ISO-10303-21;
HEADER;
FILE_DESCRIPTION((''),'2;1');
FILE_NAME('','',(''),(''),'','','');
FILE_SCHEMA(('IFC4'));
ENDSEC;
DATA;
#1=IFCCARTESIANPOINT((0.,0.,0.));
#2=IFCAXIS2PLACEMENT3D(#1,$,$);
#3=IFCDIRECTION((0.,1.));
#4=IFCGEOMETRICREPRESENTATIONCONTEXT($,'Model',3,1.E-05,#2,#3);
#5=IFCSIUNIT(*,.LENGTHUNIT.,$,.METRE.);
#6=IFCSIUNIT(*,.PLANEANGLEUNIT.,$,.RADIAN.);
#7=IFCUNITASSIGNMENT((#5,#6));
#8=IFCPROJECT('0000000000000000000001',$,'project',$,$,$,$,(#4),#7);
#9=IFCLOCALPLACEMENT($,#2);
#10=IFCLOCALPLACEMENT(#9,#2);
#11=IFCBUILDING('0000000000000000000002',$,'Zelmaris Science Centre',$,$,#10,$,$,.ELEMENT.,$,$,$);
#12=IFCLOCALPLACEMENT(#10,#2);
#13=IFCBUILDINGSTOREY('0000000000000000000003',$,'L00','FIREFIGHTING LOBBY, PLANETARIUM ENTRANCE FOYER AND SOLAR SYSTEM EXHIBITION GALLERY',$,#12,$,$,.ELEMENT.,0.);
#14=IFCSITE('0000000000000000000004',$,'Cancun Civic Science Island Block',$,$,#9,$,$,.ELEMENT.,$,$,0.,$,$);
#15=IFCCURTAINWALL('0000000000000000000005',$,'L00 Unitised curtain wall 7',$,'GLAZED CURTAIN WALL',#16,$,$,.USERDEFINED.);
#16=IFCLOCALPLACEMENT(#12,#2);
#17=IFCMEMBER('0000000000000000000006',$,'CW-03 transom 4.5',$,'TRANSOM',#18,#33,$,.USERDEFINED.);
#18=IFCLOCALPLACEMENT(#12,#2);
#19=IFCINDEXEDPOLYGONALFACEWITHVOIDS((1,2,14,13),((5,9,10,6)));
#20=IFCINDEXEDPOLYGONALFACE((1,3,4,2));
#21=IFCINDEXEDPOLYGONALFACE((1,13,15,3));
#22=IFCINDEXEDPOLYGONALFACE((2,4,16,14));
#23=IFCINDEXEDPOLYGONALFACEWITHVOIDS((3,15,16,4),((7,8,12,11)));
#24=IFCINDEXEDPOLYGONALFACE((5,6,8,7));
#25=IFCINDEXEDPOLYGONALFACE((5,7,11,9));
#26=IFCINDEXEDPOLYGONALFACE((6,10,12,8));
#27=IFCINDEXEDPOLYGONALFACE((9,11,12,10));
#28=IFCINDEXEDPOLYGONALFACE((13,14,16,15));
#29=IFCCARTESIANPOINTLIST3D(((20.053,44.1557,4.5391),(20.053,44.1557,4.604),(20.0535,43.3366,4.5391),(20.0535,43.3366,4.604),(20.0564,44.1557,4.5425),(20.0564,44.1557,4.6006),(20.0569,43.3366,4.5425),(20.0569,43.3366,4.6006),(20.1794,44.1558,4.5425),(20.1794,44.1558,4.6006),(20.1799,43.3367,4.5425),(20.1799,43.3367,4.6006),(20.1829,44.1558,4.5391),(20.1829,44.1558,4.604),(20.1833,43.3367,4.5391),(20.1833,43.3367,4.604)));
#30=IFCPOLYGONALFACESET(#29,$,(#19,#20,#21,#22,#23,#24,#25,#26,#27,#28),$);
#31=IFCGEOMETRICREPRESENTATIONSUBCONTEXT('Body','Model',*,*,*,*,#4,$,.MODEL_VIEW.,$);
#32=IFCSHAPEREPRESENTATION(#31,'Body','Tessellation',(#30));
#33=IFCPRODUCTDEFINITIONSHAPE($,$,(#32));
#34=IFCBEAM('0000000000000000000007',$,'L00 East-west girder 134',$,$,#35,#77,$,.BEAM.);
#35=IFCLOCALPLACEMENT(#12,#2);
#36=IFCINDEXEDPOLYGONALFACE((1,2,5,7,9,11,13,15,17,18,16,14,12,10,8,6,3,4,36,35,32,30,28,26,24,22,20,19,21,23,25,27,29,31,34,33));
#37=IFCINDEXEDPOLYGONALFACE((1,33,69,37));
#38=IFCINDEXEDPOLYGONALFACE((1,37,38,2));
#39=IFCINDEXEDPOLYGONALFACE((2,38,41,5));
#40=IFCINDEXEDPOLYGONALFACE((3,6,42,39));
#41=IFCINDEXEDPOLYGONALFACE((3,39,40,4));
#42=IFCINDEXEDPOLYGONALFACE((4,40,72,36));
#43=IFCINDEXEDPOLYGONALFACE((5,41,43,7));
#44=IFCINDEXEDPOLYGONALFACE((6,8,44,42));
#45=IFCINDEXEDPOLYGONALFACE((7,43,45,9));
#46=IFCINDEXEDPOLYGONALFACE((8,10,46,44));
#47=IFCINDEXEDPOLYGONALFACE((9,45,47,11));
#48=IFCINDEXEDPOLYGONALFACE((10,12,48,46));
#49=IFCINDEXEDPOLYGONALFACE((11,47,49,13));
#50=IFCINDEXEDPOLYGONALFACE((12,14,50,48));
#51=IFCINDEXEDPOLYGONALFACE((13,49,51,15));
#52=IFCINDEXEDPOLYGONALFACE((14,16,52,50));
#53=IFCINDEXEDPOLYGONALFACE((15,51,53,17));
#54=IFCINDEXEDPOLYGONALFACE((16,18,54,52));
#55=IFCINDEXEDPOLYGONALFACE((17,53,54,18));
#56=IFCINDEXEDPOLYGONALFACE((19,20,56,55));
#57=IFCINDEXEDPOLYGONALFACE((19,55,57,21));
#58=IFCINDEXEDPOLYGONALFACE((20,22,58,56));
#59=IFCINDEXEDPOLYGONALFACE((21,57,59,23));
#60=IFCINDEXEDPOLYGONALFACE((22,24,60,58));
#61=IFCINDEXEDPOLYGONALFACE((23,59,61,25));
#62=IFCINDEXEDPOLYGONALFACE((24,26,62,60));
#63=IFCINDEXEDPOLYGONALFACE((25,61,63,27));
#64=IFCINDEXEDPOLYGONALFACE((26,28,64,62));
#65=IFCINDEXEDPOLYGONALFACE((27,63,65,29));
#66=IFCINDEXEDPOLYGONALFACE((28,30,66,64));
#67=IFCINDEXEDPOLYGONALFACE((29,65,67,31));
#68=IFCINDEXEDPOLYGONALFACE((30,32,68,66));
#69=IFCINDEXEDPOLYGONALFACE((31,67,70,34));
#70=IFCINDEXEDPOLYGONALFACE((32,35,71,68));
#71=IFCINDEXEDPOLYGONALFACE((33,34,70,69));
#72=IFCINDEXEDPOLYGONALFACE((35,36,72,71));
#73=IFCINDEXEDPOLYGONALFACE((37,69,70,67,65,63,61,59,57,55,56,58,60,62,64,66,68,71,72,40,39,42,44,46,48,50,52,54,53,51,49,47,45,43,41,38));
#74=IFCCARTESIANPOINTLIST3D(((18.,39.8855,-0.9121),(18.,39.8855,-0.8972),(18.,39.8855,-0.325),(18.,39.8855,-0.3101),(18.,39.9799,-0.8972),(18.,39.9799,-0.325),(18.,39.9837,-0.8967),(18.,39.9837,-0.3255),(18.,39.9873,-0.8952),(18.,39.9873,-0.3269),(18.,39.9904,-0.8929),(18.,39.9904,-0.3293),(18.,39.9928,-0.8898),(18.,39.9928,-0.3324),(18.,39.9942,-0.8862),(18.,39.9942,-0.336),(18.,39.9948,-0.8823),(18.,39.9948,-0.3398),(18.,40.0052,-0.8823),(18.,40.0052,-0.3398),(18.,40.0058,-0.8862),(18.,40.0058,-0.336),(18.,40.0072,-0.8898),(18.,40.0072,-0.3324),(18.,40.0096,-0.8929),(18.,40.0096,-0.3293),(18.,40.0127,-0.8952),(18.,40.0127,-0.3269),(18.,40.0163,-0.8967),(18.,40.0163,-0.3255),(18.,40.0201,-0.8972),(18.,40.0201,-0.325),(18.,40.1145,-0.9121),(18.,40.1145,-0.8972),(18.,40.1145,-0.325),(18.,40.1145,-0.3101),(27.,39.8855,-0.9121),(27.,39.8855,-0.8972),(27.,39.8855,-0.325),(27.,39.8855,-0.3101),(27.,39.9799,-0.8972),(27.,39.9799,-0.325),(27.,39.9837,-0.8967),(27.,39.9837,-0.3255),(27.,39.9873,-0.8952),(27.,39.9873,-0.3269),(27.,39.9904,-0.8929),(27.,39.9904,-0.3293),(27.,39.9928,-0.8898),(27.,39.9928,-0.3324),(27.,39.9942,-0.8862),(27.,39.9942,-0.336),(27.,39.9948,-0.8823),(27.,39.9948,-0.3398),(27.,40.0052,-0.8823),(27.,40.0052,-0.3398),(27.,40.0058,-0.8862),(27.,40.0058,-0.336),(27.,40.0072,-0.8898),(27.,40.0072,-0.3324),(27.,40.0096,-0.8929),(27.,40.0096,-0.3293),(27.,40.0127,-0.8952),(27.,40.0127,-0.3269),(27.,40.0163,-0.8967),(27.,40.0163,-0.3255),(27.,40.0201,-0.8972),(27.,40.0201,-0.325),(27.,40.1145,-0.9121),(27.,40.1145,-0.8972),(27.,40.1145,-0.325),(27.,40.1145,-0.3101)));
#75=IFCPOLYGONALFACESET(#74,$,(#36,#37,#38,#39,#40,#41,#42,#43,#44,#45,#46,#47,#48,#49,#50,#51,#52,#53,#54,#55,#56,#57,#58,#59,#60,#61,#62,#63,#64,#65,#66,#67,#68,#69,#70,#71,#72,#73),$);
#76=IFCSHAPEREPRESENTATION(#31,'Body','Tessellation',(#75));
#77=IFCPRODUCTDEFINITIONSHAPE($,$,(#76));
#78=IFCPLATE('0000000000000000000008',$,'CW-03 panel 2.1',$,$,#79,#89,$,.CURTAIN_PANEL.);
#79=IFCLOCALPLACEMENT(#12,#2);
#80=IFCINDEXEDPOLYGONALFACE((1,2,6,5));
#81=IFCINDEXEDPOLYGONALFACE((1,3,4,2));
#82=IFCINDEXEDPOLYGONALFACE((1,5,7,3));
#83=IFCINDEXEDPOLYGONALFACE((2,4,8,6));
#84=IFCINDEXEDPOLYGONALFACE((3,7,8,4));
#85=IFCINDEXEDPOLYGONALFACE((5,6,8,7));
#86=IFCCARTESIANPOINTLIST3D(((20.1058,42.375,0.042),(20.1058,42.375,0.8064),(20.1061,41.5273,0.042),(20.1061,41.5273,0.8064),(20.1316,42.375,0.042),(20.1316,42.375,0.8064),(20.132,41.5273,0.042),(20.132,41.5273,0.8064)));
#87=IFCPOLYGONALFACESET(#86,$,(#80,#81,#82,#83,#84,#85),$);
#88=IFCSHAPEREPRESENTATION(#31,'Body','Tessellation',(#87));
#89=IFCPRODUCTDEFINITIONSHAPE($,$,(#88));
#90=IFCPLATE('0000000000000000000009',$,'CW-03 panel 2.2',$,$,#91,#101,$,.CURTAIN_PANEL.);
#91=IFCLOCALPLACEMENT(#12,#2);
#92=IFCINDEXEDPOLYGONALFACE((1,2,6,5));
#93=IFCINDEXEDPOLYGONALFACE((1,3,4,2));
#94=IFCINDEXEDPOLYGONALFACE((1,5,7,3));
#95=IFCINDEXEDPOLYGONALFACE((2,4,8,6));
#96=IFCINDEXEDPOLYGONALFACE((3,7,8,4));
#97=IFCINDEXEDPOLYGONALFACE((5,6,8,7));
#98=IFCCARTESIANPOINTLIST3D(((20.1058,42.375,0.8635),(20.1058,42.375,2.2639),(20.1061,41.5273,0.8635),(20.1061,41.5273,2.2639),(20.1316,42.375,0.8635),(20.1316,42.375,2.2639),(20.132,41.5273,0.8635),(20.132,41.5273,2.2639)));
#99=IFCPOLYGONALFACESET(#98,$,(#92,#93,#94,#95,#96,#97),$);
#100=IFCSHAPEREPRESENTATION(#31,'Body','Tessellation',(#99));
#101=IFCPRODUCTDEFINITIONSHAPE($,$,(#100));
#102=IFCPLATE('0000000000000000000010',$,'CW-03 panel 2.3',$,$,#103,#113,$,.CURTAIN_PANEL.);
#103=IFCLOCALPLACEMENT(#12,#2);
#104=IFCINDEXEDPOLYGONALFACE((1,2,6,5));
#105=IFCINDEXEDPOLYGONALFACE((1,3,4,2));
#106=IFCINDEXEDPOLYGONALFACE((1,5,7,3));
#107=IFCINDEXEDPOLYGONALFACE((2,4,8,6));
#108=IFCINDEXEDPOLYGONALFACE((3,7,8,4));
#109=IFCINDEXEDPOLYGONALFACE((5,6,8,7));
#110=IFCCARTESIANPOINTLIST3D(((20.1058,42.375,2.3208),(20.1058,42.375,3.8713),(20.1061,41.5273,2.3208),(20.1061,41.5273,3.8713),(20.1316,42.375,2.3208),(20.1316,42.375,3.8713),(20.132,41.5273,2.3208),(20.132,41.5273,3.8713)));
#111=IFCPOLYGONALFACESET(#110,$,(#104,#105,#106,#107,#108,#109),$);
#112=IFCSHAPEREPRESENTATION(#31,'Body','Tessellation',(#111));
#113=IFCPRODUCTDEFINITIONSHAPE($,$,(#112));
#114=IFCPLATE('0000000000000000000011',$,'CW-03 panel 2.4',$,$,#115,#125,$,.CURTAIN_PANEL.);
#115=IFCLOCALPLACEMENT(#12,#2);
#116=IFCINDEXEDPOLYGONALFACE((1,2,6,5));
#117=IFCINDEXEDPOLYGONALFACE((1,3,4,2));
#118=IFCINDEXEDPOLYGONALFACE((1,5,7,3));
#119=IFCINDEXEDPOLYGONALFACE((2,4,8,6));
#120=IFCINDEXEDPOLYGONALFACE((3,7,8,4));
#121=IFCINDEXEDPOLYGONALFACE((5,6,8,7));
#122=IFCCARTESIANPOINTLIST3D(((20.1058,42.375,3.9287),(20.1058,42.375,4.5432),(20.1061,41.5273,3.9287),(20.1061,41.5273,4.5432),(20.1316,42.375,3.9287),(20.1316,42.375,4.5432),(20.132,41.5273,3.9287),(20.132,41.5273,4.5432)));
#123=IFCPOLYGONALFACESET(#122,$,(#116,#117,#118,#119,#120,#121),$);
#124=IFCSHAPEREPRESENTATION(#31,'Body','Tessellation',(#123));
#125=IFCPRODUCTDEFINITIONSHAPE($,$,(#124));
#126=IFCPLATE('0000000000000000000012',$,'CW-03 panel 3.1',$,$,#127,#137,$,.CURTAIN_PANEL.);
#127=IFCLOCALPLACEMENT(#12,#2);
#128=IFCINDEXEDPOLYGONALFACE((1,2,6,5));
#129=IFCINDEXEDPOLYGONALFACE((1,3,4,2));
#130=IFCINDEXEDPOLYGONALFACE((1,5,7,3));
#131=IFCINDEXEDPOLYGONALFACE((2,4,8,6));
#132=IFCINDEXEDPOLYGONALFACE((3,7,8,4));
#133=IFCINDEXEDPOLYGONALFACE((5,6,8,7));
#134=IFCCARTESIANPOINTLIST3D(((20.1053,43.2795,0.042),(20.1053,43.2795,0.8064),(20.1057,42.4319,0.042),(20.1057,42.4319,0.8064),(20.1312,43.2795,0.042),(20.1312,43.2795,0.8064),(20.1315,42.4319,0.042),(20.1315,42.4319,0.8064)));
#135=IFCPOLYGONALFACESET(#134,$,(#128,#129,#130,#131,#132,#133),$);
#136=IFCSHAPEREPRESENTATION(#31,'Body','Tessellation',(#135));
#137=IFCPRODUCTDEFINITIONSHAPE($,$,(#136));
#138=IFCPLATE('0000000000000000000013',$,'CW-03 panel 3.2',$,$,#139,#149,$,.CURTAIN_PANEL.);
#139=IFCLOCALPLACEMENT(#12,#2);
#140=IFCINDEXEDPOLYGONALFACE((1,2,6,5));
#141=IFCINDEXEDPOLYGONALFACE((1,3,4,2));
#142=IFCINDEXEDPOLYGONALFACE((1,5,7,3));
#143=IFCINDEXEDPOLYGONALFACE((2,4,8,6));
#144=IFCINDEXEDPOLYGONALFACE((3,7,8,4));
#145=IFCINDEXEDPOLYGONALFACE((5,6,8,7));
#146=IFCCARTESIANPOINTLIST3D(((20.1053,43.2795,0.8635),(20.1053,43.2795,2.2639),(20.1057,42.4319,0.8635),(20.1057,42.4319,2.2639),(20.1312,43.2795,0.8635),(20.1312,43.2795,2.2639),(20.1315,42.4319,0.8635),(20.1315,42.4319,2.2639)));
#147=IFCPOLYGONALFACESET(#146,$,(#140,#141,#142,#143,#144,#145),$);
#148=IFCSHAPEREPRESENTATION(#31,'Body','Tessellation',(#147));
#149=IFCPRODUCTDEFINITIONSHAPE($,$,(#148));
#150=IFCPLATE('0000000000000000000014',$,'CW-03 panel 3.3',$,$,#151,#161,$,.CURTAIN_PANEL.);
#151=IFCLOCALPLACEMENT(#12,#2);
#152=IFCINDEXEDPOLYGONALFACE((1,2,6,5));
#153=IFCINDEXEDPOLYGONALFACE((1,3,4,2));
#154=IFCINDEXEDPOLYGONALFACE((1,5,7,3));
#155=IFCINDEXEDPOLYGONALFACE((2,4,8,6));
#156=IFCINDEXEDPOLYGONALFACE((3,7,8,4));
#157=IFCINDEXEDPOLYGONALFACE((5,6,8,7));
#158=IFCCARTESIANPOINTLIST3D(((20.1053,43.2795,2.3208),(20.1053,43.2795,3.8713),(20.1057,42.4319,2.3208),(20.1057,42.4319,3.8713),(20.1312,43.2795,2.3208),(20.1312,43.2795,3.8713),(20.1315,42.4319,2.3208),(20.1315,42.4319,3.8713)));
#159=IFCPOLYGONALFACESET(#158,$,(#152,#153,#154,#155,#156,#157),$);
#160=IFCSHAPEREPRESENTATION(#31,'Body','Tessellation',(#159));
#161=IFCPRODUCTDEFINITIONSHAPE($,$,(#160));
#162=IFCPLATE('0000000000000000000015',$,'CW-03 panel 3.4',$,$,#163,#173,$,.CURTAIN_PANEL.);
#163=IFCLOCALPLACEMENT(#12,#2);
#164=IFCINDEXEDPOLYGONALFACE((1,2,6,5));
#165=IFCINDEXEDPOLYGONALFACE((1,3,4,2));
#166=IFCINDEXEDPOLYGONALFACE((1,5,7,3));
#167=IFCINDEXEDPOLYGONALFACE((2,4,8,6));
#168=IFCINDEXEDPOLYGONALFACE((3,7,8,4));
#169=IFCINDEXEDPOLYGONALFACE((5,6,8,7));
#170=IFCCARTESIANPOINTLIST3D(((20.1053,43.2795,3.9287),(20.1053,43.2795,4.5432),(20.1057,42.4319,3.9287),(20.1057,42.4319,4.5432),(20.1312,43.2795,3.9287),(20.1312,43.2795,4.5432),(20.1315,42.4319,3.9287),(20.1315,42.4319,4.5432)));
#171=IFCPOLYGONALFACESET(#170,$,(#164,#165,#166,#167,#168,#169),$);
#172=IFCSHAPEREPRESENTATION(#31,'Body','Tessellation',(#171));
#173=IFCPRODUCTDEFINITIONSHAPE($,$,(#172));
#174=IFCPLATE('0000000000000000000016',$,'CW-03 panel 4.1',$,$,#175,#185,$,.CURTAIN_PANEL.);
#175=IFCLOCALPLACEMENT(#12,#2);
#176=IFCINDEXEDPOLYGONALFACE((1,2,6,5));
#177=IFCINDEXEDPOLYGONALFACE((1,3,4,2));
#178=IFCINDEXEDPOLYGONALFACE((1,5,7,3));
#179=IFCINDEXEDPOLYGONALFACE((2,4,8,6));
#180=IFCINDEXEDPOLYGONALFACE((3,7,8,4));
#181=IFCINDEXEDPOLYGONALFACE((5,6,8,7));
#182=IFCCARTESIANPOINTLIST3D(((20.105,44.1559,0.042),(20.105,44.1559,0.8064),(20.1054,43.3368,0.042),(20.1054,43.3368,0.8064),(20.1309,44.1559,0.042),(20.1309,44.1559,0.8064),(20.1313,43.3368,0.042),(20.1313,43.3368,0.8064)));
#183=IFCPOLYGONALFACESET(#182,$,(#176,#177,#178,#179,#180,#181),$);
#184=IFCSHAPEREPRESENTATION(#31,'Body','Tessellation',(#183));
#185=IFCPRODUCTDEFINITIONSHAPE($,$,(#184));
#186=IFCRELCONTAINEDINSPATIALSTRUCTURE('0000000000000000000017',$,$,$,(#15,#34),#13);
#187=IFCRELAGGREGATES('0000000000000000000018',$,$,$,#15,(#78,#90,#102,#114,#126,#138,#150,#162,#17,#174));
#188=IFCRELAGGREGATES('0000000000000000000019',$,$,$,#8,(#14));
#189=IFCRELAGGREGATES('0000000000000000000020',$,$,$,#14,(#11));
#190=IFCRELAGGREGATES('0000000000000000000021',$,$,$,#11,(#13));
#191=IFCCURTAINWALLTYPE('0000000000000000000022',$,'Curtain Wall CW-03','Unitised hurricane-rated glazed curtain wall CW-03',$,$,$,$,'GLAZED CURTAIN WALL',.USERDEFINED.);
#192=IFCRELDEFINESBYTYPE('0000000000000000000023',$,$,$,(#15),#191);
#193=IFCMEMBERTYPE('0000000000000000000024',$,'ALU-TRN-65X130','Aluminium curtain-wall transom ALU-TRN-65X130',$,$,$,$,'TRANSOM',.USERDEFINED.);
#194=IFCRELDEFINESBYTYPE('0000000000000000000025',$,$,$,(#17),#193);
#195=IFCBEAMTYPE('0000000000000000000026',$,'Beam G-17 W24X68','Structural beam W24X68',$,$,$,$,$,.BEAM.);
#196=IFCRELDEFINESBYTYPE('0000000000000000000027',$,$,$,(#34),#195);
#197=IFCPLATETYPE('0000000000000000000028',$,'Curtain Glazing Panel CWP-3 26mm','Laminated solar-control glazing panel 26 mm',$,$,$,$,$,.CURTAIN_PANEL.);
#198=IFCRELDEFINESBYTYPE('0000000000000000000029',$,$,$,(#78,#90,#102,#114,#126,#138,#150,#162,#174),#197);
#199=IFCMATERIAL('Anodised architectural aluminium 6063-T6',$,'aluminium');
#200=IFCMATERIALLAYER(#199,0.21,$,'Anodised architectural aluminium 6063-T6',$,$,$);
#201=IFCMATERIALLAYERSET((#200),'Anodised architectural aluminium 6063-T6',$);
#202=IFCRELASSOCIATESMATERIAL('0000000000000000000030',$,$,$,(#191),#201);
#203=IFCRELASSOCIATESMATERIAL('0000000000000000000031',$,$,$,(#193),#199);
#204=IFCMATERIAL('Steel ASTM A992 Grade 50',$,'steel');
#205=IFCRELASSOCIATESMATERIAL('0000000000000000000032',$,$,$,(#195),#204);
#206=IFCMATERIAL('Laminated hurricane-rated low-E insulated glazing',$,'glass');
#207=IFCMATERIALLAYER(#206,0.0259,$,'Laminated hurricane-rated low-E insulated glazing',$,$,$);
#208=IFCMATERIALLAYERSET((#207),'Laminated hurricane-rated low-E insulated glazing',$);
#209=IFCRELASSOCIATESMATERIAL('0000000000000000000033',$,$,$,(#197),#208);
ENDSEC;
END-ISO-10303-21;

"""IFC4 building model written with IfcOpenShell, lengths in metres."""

from ifc_helpers import new_model, si_unit, direction, frame, origin, origin_2d, place, context, subcontext, project, spatial, rectangle, hollow_rectangle, i_section, extrude, material, layer, layer_set, material_profile, profile_set, type_object, element, aggregate, save


model = new_model("IFC4")

# Units and contexts
model_context = context("Model", 3, precision=1e-05, world=origin(), true_north=direction((0.0, 1.0)))
body_context = subcontext(model_context, "Body", "Model", "MODEL_VIEW")
ifc_project = project(units=[si_unit("LENGTHUNIT", "METRE"), si_unit("PLANEANGLEUNIT", "RADIAN")], contexts=[model_context])

# Site, building, storey
site_placement = place(None, origin())
site = spatial("IfcSite", under=ifc_project, at=site_placement, Name="Cancun Civic Science Island Block", CompositionType="ELEMENT", RefElevation=0.0)
building_placement = place(site_placement, origin())
building = spatial("IfcBuilding", under=site, at=building_placement, Name="Zelmaris Science Centre", CompositionType="ELEMENT")
storey_placement = place(building_placement, origin())
storey = spatial("IfcBuildingStorey", under=building, at=storey_placement, Name="L00", Description="FIREFIGHTING LOBBY, PLANETARIUM ENTRANCE FOYER AND SOLAR SYSTEM EXHIBITION GALLERY", CompositionType="ELEMENT", Elevation=0.0)

# Shared definitions
ifc_material_1 = material(Name="Steel ASTM A992 Grade 50", Category="steel")

# Curtain wall, member
ifc_material_2 = material(Name="Anodised architectural aluminium 6063-T6", Category="aluminium")
ifc_layer_1 = layer(ifc_material_2, 0.21, Name="Anodised architectural aluminium 6063-T6")
ifc_layer_set_1 = layer_set([ifc_layer_1], Name="Anodised architectural aluminium 6063-T6")
curtain_wall_type = type_object("IfcCurtainWallType", Name="Curtain Wall CW-03", Description="Unitised hurricane-rated glazed curtain wall CW-03", ElementType="GLAZED CURTAIN WALL", PredefinedType="USERDEFINED", material=ifc_layer_set_1)
curtain_wall_placement = place(storey_placement, origin())
curtain_wall = element("IfcCurtainWall", 1, at=curtain_wall_placement, inside=storey, type_object=curtain_wall_type, Name="L00 Unitised curtain wall 7", ObjectType="GLAZED CURTAIN WALL", PredefinedType="USERDEFINED")
ifc_material_profile_1 = material_profile(ifc_material_2, hollow_rectangle(XDim=0.0649, YDim=0.1299, WallThickness=0.0034, at=origin_2d()), Name="ALU-TRN-65X130")
ifc_profile_set_1 = profile_set([ifc_material_profile_1], Name="Anodised architectural aluminium 6063-T6")
member_type_1 = type_object("IfcMemberType", Name="ALU-TRN-65X130", Description="Aluminium curtain-wall transom ALU-TRN-65X130", ElementType="TRANSOM", PredefinedType="USERDEFINED", material=ifc_profile_set_1)
member_1_placement = place(storey_placement, frame((20.1184, 43.3367, 4.5715), z_axis=(-0.000596, 1.0, 0.0), x_axis=(0.0, 0.0, 1.0)))
member_1 = element("IfcMember", 2, at=member_1_placement, type_object=member_type_1, Name="CW-03 transom 4.5", ObjectType="TRANSOM", PredefinedType="USERDEFINED", context=body_context, shape_type="SweptSolid", body=[
    extrude(hollow_rectangle(XDim=0.0649, YDim=0.1299, WallThickness=0.0034, at=origin_2d()), origin(), (0.0, 0.0, 1.0), 0.8191),
])

# Beam
ifc_material_profile_2 = material_profile(ifc_material_1, i_section(OverallWidth=0.229, OverallDepth=0.6021, WebThickness=0.0105, FlangeThickness=0.0149, FilletRadius=0.0149, at=origin_2d()), Name="W24X68")
ifc_profile_set_2 = profile_set([ifc_material_profile_2], Name="Steel ASTM A992 Grade 50")
beam_type = type_object("IfcBeamType", Name="Beam G-17 W24X68", Description="Structural beam W24X68", PredefinedType="BEAM", material=ifc_profile_set_2)
beam_placement = place(storey_placement, frame((18.0, 40.0, -0.6111), z_axis=(1.0, 0.0, 0.0), x_axis=(0.0, 1.0, 0.0)))
element("IfcBeam", 3, at=beam_placement, inside=storey, type_object=beam_type, Name="L00 East-west girder 134", PredefinedType="BEAM", context=body_context, shape_type="SweptSolid", body=[
    extrude(i_section(OverallWidth=0.229, OverallDepth=0.6021, WebThickness=0.0105, FlangeThickness=0.0149, FilletRadius=0.0149, at=origin_2d()), origin(), (0.0, 0.0, 1.0), 9.0),
])

# Plates
ifc_material_3 = material(Name="Laminated hurricane-rated low-E insulated glazing", Category="glass")
ifc_layer_2 = layer(ifc_material_3, 0.0259, Name="Laminated hurricane-rated low-E insulated glazing")
ifc_layer_set_2 = layer_set([ifc_layer_2], Name="Laminated hurricane-rated low-E insulated glazing")
plate_type = type_object("IfcPlateType", Name="Curtain Glazing Panel CWP-3 26mm", Description="Laminated solar-control glazing panel 26 mm", PredefinedType="CURTAIN_PANEL", material=ifc_layer_set_2)
plate_1_placement = place(storey_placement, frame((20.1189, 41.9512, 0.042), z_axis=(0.0, 0.0, 1.0), x_axis=(-0.000442, 1.0, 0.0)))
plate_1 = element("IfcPlate", 4, at=plate_1_placement, type_object=plate_type, Name="CW-03 panel 2.1", PredefinedType="CURTAIN_PANEL", context=body_context, shape_type="SweptSolid", body=[
    extrude(rectangle(XDim=0.8477, YDim=0.0259, at=origin_2d()), origin(), (0.0, 0.0, 1.0), 0.7644),
])
plate_2_placement = place(storey_placement, frame((20.1189, 41.9512, 0.8635), z_axis=(0.0, 0.0, 1.0), x_axis=(-0.000442, 1.0, 0.0)))
plate_2 = element("IfcPlate", 5, at=plate_2_placement, type_object=plate_type, Name="CW-03 panel 2.2", PredefinedType="CURTAIN_PANEL", context=body_context, shape_type="SweptSolid", body=[
    extrude(rectangle(XDim=0.8477, YDim=0.0259, at=origin_2d()), origin(), (0.0, 0.0, 1.0), 1.4004),
])
plate_3_placement = place(storey_placement, frame((20.1189, 41.9512, 2.3208), z_axis=(0.0, 0.0, 1.0), x_axis=(-0.000442, 1.0, 0.0)))
plate_3 = element("IfcPlate", 6, at=plate_3_placement, type_object=plate_type, Name="CW-03 panel 2.3", PredefinedType="CURTAIN_PANEL", context=body_context, shape_type="SweptSolid", body=[
    extrude(rectangle(XDim=0.8477, YDim=0.0259, at=origin_2d()), origin(), (0.0, 0.0, 1.0), 1.5505),
])
plate_4_placement = place(storey_placement, frame((20.1189, 41.9512, 3.9287), z_axis=(0.0, 0.0, 1.0), x_axis=(-0.000442, 1.0, 0.0)))
plate_4 = element("IfcPlate", 7, at=plate_4_placement, type_object=plate_type, Name="CW-03 panel 2.4", PredefinedType="CURTAIN_PANEL", context=body_context, shape_type="SweptSolid", body=[
    extrude(rectangle(XDim=0.8477, YDim=0.0259, at=origin_2d()), origin(), (0.0, 0.0, 1.0), 0.6145),
])
plate_5_placement = place(storey_placement, frame((20.1184, 42.8557, 0.042), z_axis=(0.0, 0.0, 1.0), x_axis=(-0.000442, 1.0, 0.0)))
plate_5 = element("IfcPlate", 8, at=plate_5_placement, type_object=plate_type, Name="CW-03 panel 3.1", PredefinedType="CURTAIN_PANEL", context=body_context, shape_type="SweptSolid", body=[
    extrude(rectangle(XDim=0.8477, YDim=0.0259, at=origin_2d()), origin(), (0.0, 0.0, 1.0), 0.7644),
])
plate_6_placement = place(storey_placement, frame((20.1184, 42.8557, 0.8635), z_axis=(0.0, 0.0, 1.0), x_axis=(-0.000442, 1.0, 0.0)))
plate_6 = element("IfcPlate", 9, at=plate_6_placement, type_object=plate_type, Name="CW-03 panel 3.2", PredefinedType="CURTAIN_PANEL", context=body_context, shape_type="SweptSolid", body=[
    extrude(rectangle(XDim=0.8477, YDim=0.0259, at=origin_2d()), origin(), (0.0, 0.0, 1.0), 1.4004),
])
plate_7_placement = place(storey_placement, frame((20.1184, 42.8557, 2.3208), z_axis=(0.0, 0.0, 1.0), x_axis=(-0.000442, 1.0, 0.0)))
plate_7 = element("IfcPlate", 10, at=plate_7_placement, type_object=plate_type, Name="CW-03 panel 3.3", PredefinedType="CURTAIN_PANEL", context=body_context, shape_type="SweptSolid", body=[
    extrude(rectangle(XDim=0.8477, YDim=0.0259, at=origin_2d()), origin(), (0.0, 0.0, 1.0), 1.5505),
])
plate_8_placement = place(storey_placement, frame((20.1184, 42.8557, 3.9287), z_axis=(0.0, 0.0, 1.0), x_axis=(-0.000442, 1.0, 0.0)))
plate_8 = element("IfcPlate", 11, at=plate_8_placement, type_object=plate_type, Name="CW-03 panel 3.4", PredefinedType="CURTAIN_PANEL", context=body_context, shape_type="SweptSolid", body=[
    extrude(rectangle(XDim=0.8477, YDim=0.0259, at=origin_2d()), origin(), (0.0, 0.0, 1.0), 0.6145),
])
plate_9_placement = place(storey_placement, frame((20.1182, 43.7463, 0.042), z_axis=(0.0, 0.0, 1.0), x_axis=(-0.000442, 1.0, 0.0)))
plate_9 = element("IfcPlate", 12, at=plate_9_placement, type_object=plate_type, Name="CW-03 panel 4.1", PredefinedType="CURTAIN_PANEL", context=body_context, shape_type="SweptSolid", body=[
    extrude(rectangle(XDim=0.8191, YDim=0.0259, at=origin_2d()), origin(), (0.0, 0.0, 1.0), 0.7644),
])
aggregate(curtain_wall, [plate_1, plate_2, plate_3, plate_4, plate_5, plate_6, plate_7, plate_8, member_1, plate_9])

save(model, "model.ifc")
